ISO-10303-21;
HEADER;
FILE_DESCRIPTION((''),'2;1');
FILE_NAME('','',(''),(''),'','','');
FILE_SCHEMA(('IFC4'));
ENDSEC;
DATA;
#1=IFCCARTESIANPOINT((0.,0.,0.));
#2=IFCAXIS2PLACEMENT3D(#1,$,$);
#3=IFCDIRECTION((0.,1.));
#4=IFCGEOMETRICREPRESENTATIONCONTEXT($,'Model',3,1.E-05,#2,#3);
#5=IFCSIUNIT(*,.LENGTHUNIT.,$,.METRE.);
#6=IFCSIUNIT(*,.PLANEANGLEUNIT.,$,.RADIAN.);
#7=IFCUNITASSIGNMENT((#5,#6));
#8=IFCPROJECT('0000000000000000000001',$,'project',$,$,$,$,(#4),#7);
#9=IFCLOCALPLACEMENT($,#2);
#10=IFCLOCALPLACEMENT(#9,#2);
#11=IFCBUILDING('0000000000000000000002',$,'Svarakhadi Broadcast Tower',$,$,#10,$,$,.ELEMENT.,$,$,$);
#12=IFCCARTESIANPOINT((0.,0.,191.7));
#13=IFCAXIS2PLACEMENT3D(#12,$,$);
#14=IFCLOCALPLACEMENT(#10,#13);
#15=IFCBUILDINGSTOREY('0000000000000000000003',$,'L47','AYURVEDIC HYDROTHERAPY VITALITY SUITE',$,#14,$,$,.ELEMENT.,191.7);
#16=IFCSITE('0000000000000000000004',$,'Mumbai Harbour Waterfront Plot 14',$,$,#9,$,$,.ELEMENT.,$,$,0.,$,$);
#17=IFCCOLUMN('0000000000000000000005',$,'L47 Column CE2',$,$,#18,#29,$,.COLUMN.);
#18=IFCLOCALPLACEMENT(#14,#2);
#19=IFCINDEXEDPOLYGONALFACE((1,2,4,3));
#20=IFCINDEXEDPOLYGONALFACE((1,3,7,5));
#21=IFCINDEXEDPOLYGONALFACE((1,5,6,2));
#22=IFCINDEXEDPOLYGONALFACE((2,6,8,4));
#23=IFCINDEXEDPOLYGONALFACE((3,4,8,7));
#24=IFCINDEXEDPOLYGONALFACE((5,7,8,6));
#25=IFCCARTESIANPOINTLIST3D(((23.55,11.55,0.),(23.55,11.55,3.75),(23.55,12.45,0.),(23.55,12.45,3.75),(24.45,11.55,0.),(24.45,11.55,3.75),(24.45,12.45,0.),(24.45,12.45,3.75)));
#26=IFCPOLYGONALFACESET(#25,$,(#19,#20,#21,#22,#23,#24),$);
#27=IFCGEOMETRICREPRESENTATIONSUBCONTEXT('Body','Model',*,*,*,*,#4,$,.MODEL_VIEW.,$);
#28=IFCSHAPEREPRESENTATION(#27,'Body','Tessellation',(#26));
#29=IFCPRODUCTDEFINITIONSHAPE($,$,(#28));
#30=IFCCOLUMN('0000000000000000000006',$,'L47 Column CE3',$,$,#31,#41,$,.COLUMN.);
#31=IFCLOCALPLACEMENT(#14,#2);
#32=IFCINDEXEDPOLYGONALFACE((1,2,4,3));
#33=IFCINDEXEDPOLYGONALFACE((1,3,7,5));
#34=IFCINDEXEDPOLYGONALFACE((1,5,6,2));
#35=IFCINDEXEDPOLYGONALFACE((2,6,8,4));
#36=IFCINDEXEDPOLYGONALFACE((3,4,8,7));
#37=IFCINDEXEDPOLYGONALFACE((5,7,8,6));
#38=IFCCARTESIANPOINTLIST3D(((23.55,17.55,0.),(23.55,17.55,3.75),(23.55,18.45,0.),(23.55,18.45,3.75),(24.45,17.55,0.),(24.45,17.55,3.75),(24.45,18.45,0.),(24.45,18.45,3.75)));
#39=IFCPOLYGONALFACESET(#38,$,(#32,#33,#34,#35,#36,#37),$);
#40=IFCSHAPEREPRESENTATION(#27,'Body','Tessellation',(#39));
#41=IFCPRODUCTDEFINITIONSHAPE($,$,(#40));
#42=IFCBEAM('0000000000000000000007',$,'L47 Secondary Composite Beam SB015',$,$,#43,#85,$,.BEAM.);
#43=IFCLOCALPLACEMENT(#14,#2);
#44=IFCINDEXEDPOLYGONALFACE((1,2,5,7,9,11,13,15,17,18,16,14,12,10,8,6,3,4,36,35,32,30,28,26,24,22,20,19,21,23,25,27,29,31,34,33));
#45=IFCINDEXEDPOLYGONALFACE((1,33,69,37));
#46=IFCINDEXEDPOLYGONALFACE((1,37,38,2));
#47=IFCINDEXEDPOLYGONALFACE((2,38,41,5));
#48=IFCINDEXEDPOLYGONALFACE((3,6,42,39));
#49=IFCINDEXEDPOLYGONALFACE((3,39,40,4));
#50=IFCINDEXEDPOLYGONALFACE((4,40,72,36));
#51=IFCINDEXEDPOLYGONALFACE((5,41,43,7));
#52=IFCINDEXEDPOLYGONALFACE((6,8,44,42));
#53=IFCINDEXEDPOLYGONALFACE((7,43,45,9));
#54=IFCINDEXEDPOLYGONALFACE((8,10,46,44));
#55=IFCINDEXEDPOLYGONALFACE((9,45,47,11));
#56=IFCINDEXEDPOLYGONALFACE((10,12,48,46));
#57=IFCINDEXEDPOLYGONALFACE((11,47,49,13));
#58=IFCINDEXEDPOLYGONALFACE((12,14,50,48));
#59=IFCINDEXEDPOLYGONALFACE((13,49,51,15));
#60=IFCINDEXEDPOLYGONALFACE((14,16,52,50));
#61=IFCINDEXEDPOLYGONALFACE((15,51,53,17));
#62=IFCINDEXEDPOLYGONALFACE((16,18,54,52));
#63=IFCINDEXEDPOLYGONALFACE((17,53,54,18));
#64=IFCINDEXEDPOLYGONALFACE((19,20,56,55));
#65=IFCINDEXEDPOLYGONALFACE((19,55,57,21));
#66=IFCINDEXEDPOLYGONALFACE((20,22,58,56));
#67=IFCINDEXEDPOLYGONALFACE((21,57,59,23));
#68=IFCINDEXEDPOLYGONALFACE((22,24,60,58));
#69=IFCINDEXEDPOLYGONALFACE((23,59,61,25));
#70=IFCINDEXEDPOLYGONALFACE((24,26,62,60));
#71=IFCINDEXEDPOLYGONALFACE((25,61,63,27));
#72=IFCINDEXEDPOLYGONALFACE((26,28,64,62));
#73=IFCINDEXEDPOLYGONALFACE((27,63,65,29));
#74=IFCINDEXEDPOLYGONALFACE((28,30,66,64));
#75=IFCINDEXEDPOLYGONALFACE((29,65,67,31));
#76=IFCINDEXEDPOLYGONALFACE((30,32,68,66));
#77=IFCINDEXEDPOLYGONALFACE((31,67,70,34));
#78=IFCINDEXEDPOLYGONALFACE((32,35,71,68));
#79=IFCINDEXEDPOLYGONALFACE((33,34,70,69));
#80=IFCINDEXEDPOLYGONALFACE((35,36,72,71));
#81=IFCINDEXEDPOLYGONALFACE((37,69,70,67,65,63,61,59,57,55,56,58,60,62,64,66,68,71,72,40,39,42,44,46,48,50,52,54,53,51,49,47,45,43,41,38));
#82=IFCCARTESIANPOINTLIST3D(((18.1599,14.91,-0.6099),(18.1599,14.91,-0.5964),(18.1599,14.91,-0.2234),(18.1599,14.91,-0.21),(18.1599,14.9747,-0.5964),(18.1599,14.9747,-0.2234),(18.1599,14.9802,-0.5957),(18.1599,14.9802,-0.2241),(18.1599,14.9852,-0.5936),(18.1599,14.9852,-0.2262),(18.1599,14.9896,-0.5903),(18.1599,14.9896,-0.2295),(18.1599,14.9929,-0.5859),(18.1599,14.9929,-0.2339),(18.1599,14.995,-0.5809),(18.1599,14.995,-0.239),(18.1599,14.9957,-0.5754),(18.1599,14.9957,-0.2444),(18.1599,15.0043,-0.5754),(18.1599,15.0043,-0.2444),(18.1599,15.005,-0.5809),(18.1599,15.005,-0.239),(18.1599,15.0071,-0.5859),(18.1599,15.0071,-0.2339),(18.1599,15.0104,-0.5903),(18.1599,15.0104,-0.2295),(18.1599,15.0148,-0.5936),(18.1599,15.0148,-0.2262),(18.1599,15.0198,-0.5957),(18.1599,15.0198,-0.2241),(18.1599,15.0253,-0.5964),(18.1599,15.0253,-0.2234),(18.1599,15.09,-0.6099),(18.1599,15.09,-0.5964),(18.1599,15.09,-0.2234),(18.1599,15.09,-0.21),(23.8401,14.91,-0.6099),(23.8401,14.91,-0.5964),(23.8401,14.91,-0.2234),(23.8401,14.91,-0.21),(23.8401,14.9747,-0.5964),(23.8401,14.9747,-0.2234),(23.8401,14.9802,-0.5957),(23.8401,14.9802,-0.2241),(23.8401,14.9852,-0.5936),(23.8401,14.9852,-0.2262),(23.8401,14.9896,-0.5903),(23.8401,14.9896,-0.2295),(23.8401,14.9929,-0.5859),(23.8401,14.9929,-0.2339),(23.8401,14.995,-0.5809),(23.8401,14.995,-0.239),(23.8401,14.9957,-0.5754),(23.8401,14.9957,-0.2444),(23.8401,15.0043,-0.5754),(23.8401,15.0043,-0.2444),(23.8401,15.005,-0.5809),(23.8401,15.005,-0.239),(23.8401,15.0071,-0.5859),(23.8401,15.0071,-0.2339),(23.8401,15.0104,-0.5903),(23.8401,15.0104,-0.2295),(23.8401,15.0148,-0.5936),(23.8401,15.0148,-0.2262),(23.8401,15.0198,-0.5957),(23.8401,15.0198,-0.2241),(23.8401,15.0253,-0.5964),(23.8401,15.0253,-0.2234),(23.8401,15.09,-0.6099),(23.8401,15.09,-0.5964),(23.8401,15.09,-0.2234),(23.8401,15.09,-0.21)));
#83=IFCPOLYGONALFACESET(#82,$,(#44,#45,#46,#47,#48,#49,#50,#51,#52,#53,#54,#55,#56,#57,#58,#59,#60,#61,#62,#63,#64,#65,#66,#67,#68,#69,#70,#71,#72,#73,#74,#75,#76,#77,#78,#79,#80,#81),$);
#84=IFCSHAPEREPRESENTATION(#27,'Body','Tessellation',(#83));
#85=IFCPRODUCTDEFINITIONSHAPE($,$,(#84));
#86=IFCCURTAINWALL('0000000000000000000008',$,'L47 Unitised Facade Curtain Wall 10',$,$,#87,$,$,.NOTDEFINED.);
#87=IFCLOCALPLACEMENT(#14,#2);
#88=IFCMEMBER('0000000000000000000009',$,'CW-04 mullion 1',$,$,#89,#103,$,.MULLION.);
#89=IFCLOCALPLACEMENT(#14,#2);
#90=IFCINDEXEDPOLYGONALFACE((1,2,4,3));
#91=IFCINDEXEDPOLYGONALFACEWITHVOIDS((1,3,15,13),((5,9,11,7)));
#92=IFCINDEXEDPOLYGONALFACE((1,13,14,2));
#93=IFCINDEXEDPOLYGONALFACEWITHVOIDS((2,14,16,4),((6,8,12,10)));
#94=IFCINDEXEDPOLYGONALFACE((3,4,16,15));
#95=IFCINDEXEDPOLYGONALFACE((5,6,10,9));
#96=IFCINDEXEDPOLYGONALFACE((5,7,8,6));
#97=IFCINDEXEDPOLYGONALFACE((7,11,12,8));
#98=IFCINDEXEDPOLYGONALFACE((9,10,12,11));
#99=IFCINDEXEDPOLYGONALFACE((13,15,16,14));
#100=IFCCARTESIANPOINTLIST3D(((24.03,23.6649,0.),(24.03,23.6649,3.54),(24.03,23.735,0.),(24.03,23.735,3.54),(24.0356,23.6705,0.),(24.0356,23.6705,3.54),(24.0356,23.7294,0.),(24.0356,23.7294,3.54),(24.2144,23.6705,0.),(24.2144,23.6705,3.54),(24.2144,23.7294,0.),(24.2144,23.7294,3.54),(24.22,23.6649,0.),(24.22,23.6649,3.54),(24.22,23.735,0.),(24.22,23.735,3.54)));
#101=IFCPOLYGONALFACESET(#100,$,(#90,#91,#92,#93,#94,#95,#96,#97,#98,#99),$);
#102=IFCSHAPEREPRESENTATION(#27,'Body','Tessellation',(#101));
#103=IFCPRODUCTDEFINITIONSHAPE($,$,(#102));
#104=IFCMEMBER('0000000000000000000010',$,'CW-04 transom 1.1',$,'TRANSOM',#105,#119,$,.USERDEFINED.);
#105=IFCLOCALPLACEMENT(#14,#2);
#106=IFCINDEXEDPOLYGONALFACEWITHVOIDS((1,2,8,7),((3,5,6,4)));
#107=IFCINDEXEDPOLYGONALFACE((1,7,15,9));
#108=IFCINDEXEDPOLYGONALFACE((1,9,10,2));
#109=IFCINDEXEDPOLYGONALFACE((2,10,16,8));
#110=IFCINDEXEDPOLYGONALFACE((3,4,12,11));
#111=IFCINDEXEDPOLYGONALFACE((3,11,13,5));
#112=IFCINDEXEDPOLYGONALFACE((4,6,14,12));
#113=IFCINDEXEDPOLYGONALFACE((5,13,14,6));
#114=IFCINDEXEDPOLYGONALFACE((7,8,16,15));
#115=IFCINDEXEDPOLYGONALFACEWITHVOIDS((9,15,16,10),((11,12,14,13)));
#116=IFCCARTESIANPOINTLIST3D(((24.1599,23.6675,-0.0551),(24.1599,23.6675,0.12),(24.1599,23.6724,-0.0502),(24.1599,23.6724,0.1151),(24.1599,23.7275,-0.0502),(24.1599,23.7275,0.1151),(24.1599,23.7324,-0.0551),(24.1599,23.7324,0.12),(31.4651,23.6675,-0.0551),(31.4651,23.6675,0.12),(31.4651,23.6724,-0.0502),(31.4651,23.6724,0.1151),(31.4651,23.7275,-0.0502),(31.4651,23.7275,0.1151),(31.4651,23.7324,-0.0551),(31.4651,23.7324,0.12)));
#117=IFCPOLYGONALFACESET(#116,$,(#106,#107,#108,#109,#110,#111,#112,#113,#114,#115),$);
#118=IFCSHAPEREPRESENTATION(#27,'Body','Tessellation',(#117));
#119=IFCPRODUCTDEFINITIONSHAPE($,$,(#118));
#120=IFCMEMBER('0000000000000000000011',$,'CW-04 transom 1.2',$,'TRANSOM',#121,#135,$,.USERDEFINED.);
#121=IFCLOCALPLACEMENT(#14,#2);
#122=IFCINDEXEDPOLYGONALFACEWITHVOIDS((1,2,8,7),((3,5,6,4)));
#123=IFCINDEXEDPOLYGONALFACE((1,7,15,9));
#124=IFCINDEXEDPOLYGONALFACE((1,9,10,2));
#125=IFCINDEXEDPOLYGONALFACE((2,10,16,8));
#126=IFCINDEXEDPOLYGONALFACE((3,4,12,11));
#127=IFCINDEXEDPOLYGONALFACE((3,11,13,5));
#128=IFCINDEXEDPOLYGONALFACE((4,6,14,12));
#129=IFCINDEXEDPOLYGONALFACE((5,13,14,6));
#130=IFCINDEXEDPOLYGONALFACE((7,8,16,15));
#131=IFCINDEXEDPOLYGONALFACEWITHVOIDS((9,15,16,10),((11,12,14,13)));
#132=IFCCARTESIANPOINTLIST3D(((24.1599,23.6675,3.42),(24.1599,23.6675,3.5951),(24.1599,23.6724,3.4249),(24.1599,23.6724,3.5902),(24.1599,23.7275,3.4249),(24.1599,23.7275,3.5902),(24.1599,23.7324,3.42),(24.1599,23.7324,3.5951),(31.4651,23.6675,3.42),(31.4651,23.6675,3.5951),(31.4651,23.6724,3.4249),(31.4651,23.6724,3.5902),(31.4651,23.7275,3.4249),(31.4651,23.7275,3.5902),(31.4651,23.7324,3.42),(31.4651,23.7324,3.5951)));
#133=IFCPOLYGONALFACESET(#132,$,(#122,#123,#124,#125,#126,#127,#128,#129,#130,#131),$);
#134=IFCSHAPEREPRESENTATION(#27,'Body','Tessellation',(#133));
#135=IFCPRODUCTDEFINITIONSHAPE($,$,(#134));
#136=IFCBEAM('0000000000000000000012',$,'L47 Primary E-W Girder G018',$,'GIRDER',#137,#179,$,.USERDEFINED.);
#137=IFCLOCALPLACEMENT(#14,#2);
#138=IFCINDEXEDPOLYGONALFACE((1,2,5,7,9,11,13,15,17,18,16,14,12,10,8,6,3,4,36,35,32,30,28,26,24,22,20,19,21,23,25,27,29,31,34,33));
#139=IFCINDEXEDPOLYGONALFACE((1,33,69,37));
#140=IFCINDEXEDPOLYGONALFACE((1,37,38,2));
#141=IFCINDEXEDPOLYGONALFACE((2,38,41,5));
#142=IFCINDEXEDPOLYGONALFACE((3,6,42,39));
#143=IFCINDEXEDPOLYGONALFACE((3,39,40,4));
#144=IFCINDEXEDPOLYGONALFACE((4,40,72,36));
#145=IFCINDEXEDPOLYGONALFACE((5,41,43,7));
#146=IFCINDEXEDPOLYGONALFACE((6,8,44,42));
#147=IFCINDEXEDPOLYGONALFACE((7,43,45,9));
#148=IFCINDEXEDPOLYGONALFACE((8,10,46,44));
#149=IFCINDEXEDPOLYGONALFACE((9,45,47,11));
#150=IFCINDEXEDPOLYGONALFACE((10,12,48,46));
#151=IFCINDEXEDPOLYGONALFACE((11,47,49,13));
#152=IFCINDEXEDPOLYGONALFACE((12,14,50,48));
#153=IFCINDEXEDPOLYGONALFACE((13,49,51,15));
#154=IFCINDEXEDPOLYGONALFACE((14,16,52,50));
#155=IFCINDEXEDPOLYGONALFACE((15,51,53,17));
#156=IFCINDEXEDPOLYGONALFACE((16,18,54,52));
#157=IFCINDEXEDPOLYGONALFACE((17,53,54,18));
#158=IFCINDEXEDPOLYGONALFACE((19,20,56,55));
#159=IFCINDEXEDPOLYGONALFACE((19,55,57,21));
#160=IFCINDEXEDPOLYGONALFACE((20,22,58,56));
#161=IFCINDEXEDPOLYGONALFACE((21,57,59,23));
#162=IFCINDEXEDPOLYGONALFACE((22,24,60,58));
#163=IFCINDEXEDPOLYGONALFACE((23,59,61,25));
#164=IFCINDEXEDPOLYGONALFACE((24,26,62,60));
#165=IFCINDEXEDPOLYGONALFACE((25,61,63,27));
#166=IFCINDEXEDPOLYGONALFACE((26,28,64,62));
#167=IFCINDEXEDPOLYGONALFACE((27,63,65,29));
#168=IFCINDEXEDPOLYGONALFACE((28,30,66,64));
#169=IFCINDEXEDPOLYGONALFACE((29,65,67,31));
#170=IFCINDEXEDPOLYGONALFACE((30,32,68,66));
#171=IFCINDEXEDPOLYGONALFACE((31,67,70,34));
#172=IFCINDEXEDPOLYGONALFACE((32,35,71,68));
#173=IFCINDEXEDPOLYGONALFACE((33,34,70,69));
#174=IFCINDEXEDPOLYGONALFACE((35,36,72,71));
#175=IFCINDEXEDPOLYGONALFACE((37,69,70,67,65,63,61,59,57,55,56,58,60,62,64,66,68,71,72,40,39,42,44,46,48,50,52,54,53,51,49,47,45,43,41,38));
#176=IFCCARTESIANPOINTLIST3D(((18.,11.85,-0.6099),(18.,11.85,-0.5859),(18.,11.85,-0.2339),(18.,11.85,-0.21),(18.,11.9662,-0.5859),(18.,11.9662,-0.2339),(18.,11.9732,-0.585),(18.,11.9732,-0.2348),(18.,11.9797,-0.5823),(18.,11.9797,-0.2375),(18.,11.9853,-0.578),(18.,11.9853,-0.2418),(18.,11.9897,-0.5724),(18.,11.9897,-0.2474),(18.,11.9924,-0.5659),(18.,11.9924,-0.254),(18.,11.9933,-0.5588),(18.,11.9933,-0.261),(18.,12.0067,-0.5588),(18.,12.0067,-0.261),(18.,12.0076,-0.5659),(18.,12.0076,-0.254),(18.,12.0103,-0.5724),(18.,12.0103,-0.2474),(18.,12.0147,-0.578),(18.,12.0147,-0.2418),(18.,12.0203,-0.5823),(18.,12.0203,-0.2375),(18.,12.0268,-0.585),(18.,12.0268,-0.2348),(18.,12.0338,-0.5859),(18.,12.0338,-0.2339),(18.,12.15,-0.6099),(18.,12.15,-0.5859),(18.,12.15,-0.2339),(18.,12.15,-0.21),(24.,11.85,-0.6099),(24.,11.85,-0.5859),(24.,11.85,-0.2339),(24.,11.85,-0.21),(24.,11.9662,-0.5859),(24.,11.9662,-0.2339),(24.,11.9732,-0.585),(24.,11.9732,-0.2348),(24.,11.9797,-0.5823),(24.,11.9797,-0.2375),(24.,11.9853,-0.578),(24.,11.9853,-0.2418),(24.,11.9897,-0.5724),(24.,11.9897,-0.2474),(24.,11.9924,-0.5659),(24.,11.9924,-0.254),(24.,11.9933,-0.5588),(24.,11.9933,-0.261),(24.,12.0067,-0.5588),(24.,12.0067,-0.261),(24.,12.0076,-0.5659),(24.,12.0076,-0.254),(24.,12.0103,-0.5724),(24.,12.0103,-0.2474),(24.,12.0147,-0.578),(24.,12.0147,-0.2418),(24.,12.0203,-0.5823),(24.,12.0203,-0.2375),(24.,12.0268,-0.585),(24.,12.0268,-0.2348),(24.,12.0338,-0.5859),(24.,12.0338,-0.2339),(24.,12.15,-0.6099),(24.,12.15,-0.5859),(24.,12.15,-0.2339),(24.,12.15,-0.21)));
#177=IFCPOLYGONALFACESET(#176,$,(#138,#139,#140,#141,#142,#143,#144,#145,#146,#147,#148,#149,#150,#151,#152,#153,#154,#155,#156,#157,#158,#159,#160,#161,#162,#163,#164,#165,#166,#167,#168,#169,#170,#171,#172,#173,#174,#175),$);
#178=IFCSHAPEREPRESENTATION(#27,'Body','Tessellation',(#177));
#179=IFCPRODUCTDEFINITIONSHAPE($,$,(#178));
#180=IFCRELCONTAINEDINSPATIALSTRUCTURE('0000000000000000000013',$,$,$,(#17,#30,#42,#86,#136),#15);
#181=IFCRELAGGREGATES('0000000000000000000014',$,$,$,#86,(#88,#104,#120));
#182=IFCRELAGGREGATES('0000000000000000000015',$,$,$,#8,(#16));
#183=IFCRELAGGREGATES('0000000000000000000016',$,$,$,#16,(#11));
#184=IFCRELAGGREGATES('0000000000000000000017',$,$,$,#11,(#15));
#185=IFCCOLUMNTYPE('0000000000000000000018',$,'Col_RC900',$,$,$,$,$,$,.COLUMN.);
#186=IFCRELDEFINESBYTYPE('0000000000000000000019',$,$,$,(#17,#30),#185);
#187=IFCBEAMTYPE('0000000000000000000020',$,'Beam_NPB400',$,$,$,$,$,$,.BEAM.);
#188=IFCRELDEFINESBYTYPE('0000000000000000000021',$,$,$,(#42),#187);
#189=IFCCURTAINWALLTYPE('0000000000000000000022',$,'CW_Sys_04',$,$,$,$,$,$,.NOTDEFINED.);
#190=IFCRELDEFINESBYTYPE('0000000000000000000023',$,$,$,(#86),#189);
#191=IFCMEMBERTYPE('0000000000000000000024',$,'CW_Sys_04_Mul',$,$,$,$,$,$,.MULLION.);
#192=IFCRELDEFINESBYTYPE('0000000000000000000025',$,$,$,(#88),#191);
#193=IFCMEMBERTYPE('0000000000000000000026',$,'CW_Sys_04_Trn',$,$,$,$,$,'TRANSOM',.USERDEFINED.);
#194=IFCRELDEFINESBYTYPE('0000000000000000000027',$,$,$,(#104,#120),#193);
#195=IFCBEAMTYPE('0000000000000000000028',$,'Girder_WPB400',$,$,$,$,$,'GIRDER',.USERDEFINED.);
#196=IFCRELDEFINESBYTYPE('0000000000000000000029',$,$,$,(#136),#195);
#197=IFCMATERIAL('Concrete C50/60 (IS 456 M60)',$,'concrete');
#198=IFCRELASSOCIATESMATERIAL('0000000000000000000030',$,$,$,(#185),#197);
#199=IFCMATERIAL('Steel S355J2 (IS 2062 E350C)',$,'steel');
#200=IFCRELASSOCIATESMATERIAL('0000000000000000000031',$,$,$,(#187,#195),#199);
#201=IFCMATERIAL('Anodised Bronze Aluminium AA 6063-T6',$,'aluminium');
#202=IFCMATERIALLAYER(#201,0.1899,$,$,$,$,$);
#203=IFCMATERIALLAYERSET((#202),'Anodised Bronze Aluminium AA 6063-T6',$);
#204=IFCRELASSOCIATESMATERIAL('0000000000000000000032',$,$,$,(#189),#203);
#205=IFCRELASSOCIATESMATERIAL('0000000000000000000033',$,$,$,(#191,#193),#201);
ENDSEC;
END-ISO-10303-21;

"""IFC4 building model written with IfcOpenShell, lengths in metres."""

from ifc_helpers import new_model, si_unit, direction, frame, origin, origin_2d, place, context, subcontext, project, spatial, rectangle, hollow_rectangle, i_section, extrude, material, layer, layer_set, material_profile, profile_set, type_object, element, aggregate, save


model = new_model("IFC4")

# Units and contexts
model_context = context("Model", 3, precision=1e-05, world=origin(), true_north=direction((0.0, 1.0)))
body_context = subcontext(model_context, "Body", "Model", "MODEL_VIEW")
ifc_project = project(units=[si_unit("LENGTHUNIT", "METRE"), si_unit("PLANEANGLEUNIT", "RADIAN")], contexts=[model_context])

# Site, building, storey
site_placement = place(None, origin())
site = spatial("IfcSite", under=ifc_project, at=site_placement, Name="Mumbai Harbour Waterfront Plot 14", CompositionType="ELEMENT", RefElevation=0.0)
building_placement = place(site_placement, origin())
building = spatial("IfcBuilding", under=site, at=building_placement, Name="Svarakhadi Broadcast Tower", CompositionType="ELEMENT")
storey_placement = place(building_placement, frame((0.0, 0.0, 191.7)))
storey = spatial("IfcBuildingStorey", under=building, at=storey_placement, Name="L47", Description="AYURVEDIC HYDROTHERAPY VITALITY SUITE", CompositionType="ELEMENT", Elevation=191.7)

# Columns
ifc_material_1 = material(Name="Concrete C50/60 (IS 456 M60)", Category="concrete")
ifc_material_profile_1 = material_profile(ifc_material_1, rectangle(XDim=0.8999, YDim=0.8999, at=origin_2d()), Name="RC 900x900")
ifc_profile_set_1 = profile_set([ifc_material_profile_1], Name="Concrete C50/60 (IS 456 M60)")
column_type = type_object("IfcColumnType", Name="Col_RC900", PredefinedType="COLUMN", material=ifc_profile_set_1)
for number, where, z_axis, x_axis, name in (
    (1, (24.0, 12.0, 0.0), (0.0, 0.0, 1.0), (1.0, 0.0, 0.0), "L47 Column CE2"),
    (2, (24.0, 18.0, 0.0), (0.0, 0.0, 1.0), (1.0, 0.0, 0.0), "L47 Column CE3"),
):
    element("IfcColumn", number, at=place(storey_placement, frame(where, z_axis=z_axis, x_axis=x_axis)), inside=storey, type_object=column_type, Name=name, PredefinedType="COLUMN", context=body_context, shape_type="SweptSolid", body=[
        extrude(rectangle(XDim=0.8999, YDim=0.8999, at=origin_2d()), origin(), (0.0, 0.0, 1.0), 3.75),
    ])

# Beam
ifc_material_2 = material(Name="Steel S355J2 (IS 2062 E350C)", Category="steel")
ifc_material_profile_2 = material_profile(ifc_material_2, i_section(OverallWidth=0.1799, OverallDepth=0.3999, WebThickness=0.0085, FlangeThickness=0.0134, FilletRadius=0.021, at=origin_2d()), Name="NPB 400x180x66")
ifc_profile_set_2 = profile_set([ifc_material_profile_2], Name="Steel S355J2 (IS 2062 E350C)")
beam_type_1 = type_object("IfcBeamType", Name="Beam_NPB400", PredefinedType="BEAM", material=ifc_profile_set_2)
beam_placement = place(storey_placement, frame((18.1599, 15.0, -0.4099), z_axis=(1.0, 0.0, 0.0), x_axis=(0.0, 1.0, 0.0)))
element("IfcBeam", 3, at=beam_placement, inside=storey, type_object=beam_type_1, Name="L47 Secondary Composite Beam SB015", PredefinedType="BEAM", context=body_context, shape_type="SweptSolid", body=[
    extrude(i_section(OverallWidth=0.1799, OverallDepth=0.3999, WebThickness=0.0085, FlangeThickness=0.0134, FilletRadius=0.021, at=origin_2d()), origin(), (0.0, 0.0, 1.0), 5.6802),
])

# Curtain wall, members
ifc_material_3 = material(Name="Anodised Bronze Aluminium AA 6063-T6", Category="aluminium")
ifc_layer_1 = layer(ifc_material_3, 0.1899)
ifc_layer_set_1 = layer_set([ifc_layer_1], Name="Anodised Bronze Aluminium AA 6063-T6")
curtain_wall_type = type_object("IfcCurtainWallType", Name="CW_Sys_04", PredefinedType="NOTDEFINED", material=ifc_layer_set_1)
curtain_wall_placement = place(storey_placement, origin())
curtain_wall = element("IfcCurtainWall", 4, at=curtain_wall_placement, inside=storey, type_object=curtain_wall_type, Name="L47 Unitised Facade Curtain Wall 10", PredefinedType="NOTDEFINED")
ifc_material_profile_3 = material_profile(ifc_material_3, hollow_rectangle(XDim=0.0701, YDim=0.1899, WallThickness=0.0056, at=origin_2d()), Name="ALU MULLION 190x70x6")
ifc_profile_set_3 = profile_set([ifc_material_profile_3], Name="Anodised Bronze Aluminium AA 6063-T6")
member_type_1 = type_object("IfcMemberType", Name="CW_Sys_04_Mul", PredefinedType="MULLION", material=ifc_profile_set_3)
member_1_placement = place(storey_placement, frame((24.125, 23.7, 0.0), z_axis=(0.0, 0.0, 1.0), x_axis=(0.0, 1.0, 0.0)))
member_1 = element("IfcMember", 5, at=member_1_placement, type_object=member_type_1, Name="CW-04 mullion 1", PredefinedType="MULLION", context=body_context, shape_type="SweptSolid", body=[
    extrude(hollow_rectangle(XDim=0.0701, YDim=0.1899, WallThickness=0.0056, at=origin_2d()), origin(), (0.0, 0.0, 1.0), 3.54),
])
ifc_material_profile_4 = material_profile(ifc_material_3, hollow_rectangle(XDim=0.0649, YDim=0.175, WallThickness=0.0049, at=origin_2d()), Name="ALU TRANSOM 175x65x5")
ifc_profile_set_4 = profile_set([ifc_material_profile_4], Name="Anodised Bronze Aluminium AA 6063-T6")
member_type_2 = type_object("IfcMemberType", Name="CW_Sys_04_Trn", ElementType="TRANSOM", PredefinedType="USERDEFINED", material=ifc_profile_set_4)
member_2_placement = place(storey_placement, frame((24.1599, 23.7, 0.0325), z_axis=(1.0, 0.0, 0.0), x_axis=(0.0, 1.0, 0.0)))
member_2 = element("IfcMember", 6, at=member_2_placement, type_object=member_type_2, Name="CW-04 transom 1.1", ObjectType="TRANSOM", PredefinedType="USERDEFINED", context=body_context, shape_type="SweptSolid", body=[
    extrude(hollow_rectangle(XDim=0.0649, YDim=0.175, WallThickness=0.0049, at=origin_2d()), origin(), (0.0, 0.0, 1.0), 7.3052),
])
member_3_placement = place(storey_placement, frame((24.1599, 23.7, 3.5076), z_axis=(1.0, 0.0, 0.0), x_axis=(0.0, 1.0, 0.0)))
member_3 = element("IfcMember", 7, at=member_3_placement, type_object=member_type_2, Name="CW-04 transom 1.2", ObjectType="TRANSOM", PredefinedType="USERDEFINED", context=body_context, shape_type="SweptSolid", body=[
    extrude(hollow_rectangle(XDim=0.0649, YDim=0.175, WallThickness=0.0049, at=origin_2d()), origin(), (0.0, 0.0, 1.0), 7.3052),
])
aggregate(curtain_wall, [member_1, member_2, member_3])

# Beam
ifc_material_profile_5 = material_profile(ifc_material_2, i_section(OverallWidth=0.3, OverallDepth=0.3999, WebThickness=0.0134, FlangeThickness=0.0239, FilletRadius=0.0271, at=origin_2d()), Name="WPB 400x300x155")
ifc_profile_set_5 = profile_set([ifc_material_profile_5], Name="Steel S355J2 (IS 2062 E350C)")
beam_type_2 = type_object("IfcBeamType", Name="Girder_WPB400", ElementType="GIRDER", PredefinedType="USERDEFINED", material=ifc_profile_set_5)
for number, where, z_axis, x_axis, name in (
    (8, (18.0, 12.0, -0.4099), (1.0, 0.0, 0.0), (0.0, 1.0, 0.0), "L47 Primary E-W Girder G018"),
):
    element("IfcBeam", number, at=place(storey_placement, frame(where, z_axis=z_axis, x_axis=x_axis)), inside=storey, type_object=beam_type_2, Name=name, ObjectType="GIRDER", PredefinedType="USERDEFINED", context=body_context, shape_type="SweptSolid", body=[
        extrude(i_section(OverallWidth=0.3, OverallDepth=0.3999, WebThickness=0.0134, FlangeThickness=0.0239, FilletRadius=0.0271, at=origin_2d()), origin(), (0.0, 0.0, 1.0), 6.0),
    ])

save(model, "model.ifc")
